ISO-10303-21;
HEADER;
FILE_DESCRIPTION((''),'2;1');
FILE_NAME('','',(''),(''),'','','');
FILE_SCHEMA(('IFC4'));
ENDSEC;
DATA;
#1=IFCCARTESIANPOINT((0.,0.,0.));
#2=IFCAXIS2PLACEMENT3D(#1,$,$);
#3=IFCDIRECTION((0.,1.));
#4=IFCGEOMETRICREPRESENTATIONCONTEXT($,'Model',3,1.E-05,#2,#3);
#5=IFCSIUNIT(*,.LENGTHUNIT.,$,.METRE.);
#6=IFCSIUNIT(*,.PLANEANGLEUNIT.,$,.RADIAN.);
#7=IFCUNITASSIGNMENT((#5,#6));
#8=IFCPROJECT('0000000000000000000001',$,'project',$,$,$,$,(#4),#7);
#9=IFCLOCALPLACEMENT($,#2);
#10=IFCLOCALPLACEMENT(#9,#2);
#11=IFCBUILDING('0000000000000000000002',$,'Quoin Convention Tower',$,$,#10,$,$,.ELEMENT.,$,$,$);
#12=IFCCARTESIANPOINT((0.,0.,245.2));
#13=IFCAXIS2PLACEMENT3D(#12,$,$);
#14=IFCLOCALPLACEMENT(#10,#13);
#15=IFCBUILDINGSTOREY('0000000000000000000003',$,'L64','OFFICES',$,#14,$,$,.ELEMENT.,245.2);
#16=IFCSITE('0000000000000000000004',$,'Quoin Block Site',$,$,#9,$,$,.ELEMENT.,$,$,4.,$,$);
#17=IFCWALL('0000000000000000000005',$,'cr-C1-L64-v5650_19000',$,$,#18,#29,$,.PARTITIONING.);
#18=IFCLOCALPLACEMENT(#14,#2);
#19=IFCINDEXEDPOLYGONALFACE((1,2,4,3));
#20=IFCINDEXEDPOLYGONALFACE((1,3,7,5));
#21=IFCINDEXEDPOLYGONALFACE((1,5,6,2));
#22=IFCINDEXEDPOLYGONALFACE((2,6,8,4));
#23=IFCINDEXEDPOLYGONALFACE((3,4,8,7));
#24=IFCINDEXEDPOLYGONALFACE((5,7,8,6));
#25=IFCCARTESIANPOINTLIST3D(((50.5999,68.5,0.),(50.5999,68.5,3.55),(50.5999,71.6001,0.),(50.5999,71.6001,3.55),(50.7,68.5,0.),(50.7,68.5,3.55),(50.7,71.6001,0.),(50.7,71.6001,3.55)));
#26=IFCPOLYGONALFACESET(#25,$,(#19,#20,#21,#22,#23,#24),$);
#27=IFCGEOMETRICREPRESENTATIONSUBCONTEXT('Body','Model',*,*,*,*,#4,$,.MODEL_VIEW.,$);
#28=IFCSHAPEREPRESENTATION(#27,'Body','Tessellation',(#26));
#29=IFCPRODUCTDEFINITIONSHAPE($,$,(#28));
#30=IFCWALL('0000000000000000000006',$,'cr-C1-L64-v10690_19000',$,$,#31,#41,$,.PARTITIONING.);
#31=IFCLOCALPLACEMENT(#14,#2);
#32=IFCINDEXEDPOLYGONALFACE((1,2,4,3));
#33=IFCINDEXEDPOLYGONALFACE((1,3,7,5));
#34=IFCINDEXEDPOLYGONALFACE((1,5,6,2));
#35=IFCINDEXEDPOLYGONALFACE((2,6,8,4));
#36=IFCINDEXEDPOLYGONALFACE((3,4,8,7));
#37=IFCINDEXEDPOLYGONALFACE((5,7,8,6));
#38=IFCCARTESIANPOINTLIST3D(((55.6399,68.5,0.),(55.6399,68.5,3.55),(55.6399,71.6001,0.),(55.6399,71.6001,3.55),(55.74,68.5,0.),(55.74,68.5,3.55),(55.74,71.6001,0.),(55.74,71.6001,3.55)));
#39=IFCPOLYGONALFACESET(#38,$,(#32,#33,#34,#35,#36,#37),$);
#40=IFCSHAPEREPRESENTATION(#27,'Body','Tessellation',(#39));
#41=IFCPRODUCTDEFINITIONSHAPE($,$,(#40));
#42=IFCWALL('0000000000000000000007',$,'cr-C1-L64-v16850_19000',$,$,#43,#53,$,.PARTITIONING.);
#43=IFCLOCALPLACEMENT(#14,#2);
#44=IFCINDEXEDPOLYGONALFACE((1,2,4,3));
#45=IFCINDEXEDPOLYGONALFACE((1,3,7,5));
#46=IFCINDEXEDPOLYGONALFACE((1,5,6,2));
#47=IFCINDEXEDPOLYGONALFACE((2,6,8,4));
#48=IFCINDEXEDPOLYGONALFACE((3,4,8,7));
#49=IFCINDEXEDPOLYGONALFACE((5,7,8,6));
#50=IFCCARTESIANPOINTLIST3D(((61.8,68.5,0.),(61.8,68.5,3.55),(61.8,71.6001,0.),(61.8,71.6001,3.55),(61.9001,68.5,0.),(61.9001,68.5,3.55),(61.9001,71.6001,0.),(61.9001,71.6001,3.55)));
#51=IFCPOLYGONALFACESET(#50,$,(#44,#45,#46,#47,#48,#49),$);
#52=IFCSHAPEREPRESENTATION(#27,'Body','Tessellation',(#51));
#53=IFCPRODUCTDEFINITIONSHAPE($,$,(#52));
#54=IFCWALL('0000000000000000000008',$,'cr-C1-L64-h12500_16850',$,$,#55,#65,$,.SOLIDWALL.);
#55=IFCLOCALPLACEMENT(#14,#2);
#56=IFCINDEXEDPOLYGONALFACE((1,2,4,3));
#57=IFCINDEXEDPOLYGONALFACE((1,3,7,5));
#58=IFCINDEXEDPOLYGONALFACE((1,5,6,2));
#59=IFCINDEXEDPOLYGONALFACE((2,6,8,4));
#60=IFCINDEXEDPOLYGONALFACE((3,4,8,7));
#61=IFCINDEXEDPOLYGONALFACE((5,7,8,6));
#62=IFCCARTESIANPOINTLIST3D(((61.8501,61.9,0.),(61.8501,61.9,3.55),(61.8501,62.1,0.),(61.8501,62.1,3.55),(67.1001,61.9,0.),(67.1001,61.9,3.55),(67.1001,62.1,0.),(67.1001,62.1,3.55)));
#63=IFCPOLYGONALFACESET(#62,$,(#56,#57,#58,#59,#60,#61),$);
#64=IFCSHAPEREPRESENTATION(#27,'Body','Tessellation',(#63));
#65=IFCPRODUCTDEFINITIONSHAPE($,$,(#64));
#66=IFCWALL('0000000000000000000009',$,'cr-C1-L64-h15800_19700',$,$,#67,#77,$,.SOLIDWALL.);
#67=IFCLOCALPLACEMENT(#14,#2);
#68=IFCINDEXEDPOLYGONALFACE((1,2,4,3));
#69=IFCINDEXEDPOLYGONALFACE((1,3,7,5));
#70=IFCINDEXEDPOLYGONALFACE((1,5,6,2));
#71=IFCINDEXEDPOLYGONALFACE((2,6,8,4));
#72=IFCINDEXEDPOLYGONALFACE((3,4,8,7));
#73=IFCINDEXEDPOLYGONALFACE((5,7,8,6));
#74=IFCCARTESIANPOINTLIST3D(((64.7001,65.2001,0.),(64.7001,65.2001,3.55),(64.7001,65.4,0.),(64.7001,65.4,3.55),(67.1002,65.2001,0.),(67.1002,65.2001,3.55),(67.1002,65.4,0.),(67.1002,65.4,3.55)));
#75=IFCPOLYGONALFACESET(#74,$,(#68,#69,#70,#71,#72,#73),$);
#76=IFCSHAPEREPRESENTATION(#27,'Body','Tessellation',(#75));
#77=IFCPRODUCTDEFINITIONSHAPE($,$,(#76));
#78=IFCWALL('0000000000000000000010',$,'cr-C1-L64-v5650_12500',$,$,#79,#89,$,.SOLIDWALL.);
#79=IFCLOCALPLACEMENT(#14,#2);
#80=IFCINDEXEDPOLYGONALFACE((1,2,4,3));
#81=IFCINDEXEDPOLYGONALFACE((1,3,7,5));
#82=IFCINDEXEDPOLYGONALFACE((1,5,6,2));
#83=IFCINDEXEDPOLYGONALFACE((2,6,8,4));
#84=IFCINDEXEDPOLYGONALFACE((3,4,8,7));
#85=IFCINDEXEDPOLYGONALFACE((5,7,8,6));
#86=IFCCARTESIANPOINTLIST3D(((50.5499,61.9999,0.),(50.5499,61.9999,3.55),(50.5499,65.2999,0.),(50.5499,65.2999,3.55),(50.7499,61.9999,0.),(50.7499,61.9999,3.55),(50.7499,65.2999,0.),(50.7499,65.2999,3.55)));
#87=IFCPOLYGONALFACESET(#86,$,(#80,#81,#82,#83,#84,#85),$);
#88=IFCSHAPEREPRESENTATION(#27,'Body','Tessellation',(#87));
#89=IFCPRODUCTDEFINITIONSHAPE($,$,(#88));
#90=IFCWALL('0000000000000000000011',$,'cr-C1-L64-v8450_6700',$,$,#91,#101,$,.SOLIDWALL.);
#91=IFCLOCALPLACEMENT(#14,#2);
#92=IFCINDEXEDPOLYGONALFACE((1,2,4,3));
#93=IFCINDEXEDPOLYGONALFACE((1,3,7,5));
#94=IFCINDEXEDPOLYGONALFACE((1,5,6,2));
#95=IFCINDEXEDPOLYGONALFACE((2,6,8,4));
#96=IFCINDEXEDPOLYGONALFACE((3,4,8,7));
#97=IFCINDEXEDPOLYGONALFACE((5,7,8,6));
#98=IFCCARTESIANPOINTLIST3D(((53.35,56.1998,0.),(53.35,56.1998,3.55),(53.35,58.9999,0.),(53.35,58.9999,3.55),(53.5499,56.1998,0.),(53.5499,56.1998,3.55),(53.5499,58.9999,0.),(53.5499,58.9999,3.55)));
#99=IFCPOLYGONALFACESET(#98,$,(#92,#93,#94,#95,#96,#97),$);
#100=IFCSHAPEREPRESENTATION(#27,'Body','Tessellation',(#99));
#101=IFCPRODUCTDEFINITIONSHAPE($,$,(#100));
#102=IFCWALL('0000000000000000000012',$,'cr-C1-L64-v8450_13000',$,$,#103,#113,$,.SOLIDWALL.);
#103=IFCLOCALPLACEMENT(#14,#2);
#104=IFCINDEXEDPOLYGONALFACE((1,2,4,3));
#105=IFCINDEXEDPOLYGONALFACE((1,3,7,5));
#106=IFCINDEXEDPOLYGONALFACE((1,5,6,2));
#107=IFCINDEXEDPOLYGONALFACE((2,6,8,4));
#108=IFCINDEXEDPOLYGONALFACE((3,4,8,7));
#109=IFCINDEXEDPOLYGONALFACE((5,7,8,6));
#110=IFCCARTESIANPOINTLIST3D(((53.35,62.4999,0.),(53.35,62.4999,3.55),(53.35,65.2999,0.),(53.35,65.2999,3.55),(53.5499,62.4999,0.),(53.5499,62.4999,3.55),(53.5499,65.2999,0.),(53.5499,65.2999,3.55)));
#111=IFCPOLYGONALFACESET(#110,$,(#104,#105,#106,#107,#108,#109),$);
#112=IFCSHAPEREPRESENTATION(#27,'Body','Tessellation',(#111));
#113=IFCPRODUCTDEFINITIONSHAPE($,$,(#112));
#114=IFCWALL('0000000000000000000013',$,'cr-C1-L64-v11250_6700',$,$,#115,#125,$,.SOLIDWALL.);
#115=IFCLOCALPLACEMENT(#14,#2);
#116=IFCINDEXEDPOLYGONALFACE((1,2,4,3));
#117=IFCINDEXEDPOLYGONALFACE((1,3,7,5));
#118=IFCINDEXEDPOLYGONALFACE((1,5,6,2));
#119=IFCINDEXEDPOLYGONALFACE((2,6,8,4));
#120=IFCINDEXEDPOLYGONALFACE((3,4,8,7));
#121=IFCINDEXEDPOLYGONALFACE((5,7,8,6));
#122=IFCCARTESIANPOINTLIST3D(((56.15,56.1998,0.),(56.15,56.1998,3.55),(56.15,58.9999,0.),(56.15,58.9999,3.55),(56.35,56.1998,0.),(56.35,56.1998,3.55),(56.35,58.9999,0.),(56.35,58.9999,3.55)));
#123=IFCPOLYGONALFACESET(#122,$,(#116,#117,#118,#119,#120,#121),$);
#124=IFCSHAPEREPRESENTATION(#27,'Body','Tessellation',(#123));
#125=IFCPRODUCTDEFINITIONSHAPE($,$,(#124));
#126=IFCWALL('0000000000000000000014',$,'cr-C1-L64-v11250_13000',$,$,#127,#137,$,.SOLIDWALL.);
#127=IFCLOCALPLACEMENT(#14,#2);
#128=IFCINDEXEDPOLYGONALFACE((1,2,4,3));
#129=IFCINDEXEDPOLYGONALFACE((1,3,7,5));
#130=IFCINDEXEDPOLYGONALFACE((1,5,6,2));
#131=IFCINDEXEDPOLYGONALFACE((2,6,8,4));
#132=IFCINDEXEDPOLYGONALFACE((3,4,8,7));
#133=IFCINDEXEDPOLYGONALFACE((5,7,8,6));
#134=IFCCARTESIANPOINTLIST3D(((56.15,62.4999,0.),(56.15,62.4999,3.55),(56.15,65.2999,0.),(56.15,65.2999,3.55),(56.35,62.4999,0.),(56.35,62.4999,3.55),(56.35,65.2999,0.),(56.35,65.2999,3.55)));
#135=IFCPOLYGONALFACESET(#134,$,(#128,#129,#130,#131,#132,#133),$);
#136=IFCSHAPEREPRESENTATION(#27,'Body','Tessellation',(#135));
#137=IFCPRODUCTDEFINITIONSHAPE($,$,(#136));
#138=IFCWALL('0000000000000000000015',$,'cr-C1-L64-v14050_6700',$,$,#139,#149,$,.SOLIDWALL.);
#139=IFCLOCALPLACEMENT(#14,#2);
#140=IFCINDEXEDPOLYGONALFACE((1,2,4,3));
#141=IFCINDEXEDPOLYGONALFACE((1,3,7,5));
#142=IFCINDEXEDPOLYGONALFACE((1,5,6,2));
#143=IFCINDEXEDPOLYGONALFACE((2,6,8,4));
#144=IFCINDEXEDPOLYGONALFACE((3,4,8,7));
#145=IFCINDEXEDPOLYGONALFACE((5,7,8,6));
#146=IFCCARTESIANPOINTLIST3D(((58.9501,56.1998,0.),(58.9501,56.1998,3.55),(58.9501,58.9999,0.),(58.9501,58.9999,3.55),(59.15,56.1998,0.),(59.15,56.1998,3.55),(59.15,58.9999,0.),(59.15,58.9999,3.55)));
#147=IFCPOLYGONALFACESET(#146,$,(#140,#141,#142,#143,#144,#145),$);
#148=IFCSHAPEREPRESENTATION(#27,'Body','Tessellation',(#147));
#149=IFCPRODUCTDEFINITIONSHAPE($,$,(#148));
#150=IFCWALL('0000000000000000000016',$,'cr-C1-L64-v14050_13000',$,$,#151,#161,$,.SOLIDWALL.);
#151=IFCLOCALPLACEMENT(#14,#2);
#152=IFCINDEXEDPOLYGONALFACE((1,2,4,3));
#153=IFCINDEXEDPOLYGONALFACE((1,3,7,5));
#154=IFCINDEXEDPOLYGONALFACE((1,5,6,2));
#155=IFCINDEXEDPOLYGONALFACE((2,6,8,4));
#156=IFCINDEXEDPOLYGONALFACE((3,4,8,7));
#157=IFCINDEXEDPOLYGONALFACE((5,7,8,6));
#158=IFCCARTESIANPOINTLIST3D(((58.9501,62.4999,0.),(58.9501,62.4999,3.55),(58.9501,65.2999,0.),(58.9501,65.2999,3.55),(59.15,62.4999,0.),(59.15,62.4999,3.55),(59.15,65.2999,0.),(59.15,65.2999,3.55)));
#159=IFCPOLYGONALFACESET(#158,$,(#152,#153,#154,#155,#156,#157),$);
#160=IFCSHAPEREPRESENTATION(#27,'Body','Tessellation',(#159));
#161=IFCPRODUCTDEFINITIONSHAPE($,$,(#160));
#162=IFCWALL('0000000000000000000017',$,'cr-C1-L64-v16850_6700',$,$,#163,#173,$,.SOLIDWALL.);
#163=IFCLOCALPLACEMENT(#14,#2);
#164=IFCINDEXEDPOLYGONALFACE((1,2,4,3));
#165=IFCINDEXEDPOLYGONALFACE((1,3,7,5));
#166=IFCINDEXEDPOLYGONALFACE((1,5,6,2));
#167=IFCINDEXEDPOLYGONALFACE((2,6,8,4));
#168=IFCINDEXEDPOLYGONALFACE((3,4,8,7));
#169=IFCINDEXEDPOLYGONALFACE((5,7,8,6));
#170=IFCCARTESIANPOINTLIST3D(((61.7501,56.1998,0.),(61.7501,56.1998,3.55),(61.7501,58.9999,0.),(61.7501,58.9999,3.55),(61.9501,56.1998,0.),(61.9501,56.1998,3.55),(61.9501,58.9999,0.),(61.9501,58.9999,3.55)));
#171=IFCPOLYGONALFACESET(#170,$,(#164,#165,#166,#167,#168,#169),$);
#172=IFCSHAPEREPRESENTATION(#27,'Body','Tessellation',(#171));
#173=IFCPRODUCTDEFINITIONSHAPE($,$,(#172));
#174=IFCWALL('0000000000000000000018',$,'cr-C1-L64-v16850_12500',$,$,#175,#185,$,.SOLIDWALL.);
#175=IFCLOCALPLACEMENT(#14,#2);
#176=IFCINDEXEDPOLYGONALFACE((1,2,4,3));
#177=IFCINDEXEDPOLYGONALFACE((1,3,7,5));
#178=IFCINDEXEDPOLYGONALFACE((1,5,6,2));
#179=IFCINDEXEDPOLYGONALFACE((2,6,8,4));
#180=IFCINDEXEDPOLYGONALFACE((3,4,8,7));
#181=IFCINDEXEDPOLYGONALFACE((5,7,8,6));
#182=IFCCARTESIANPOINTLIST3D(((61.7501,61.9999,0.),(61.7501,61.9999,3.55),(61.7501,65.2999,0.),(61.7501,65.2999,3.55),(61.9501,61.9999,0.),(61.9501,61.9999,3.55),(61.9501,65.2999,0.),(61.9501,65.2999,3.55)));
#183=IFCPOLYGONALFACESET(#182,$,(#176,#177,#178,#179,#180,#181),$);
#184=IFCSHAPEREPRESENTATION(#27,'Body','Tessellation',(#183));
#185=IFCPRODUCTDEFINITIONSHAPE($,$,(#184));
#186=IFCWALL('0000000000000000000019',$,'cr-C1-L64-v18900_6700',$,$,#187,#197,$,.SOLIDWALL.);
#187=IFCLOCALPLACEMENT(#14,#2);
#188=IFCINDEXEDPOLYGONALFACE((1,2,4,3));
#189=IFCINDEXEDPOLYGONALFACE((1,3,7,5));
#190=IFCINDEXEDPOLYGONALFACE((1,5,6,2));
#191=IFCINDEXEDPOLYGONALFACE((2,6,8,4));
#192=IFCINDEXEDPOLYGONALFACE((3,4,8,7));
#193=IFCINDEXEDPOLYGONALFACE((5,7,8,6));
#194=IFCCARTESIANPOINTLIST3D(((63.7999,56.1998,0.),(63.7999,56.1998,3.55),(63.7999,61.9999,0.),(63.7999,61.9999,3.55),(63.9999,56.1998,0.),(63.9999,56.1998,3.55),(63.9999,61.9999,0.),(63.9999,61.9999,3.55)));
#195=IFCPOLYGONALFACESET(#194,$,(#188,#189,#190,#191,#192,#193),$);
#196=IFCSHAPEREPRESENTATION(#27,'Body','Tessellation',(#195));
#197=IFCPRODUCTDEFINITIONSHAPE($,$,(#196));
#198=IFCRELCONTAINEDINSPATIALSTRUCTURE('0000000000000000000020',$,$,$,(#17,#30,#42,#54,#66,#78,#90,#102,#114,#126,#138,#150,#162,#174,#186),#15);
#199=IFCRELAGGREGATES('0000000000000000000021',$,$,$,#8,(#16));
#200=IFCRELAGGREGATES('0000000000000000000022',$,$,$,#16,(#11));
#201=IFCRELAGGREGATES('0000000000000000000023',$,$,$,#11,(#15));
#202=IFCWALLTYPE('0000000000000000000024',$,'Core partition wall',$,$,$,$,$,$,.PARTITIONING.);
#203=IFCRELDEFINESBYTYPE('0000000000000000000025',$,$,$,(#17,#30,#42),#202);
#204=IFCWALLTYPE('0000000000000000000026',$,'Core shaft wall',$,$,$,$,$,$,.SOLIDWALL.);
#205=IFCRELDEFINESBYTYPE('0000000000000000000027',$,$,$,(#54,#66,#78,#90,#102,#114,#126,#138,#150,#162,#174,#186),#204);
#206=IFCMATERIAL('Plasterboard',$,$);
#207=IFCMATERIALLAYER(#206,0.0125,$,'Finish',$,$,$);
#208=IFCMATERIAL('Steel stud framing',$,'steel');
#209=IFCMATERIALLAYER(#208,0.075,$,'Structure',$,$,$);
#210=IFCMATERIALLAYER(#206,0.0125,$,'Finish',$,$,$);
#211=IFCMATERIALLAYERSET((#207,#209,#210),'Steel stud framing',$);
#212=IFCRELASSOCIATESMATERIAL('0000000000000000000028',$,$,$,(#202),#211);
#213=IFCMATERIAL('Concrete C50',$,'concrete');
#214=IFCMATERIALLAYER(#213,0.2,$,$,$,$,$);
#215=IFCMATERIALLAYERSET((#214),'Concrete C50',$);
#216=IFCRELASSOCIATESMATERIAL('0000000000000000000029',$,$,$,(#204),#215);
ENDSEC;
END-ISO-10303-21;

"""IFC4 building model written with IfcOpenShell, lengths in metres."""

from ifc_helpers import new_model, si_unit, direction, frame, frame_2d, origin, place, context, subcontext, project, spatial, rectangle, extrude, material, layer, layer_set, type_object, element, save


model = new_model("IFC4")

# Units and contexts
model_context = context("Model", 3, precision=1e-05, world=origin(), true_north=direction((0.0, 1.0)))
body_context = subcontext(model_context, "Body", "Model", "MODEL_VIEW")
ifc_project = project(units=[si_unit("LENGTHUNIT", "METRE"), si_unit("PLANEANGLEUNIT", "RADIAN")], contexts=[model_context])

# Site, building, storey
site_placement = place(None, origin())
site = spatial("IfcSite", under=ifc_project, at=site_placement, Name="Quoin Block Site", CompositionType="ELEMENT", RefElevation=4.0)
building_placement = place(site_placement, origin())
building = spatial("IfcBuilding", under=site, at=building_placement, Name="Quoin Convention Tower", CompositionType="ELEMENT")
storey_placement = place(building_placement, frame((0.0, 0.0, 245.2)))
storey = spatial("IfcBuildingStorey", under=building, at=storey_placement, Name="L64", Description="OFFICES", CompositionType="ELEMENT", Elevation=245.2)

# Walls
ifc_material_1 = material(Name="Plasterboard")
ifc_layer_1 = layer(ifc_material_1, 0.0125, Name="Finish")
ifc_material_2 = material(Name="Steel stud framing", Category="steel")
ifc_layer_2 = layer(ifc_material_2, 0.075, Name="Structure")
ifc_layer_3 = layer(ifc_material_1, 0.0125, Name="Finish")
ifc_layer_set_1 = layer_set([ifc_layer_1, ifc_layer_2, ifc_layer_3], Name="Steel stud framing")
wall_type_1 = type_object("IfcWallType", Name="Core partition wall", PredefinedType="PARTITIONING", material=ifc_layer_set_1)
for number, where, z_axis, x_axis, name in (
    (1, (50.6499, 68.5, 0.0), (0.0, 0.0, 1.0), (0.0, 1.0, 0.0), "cr-C1-L64-v5650_19000"),
    (2, (55.6899, 68.5, 0.0), (0.0, 0.0, 1.0), (0.0, 1.0, 0.0), "cr-C1-L64-v10690_19000"),
    (3, (61.8501, 68.5, 0.0), (0.0, 0.0, 1.0), (0.0, 1.0, 0.0), "cr-C1-L64-v16850_19000"),
):
    element("IfcWall", number, at=place(storey_placement, frame(where, z_axis=z_axis, x_axis=x_axis)), inside=storey, type_object=wall_type_1, Name=name, PredefinedType="PARTITIONING", context=body_context, shape_type="SweptSolid", body=[
        extrude(rectangle(XDim=3.1001, YDim=0.1001, at=frame_2d((1.55, 0.0))), origin(), (0.0, 0.0, 1.0), 3.55),
    ])
ifc_material_3 = material(Name="Concrete C50", Category="concrete")
ifc_layer_4 = layer(ifc_material_3, 0.2)
ifc_layer_set_2 = layer_set([ifc_layer_4], Name="Concrete C50")
wall_type_2 = type_object("IfcWallType", Name="Core shaft wall", PredefinedType="SOLIDWALL", material=ifc_layer_set_2)
wall_1_placement = place(storey_placement, frame((61.8501, 62.0, 0.0), z_axis=(0.0, 0.0, 1.0), x_axis=(1.0, 0.0, 0.0)))
element("IfcWall", 4, at=wall_1_placement, inside=storey, type_object=wall_type_2, Name="cr-C1-L64-h12500_16850", PredefinedType="SOLIDWALL", context=body_context, shape_type="SweptSolid", body=[
    extrude(rectangle(XDim=5.25, YDim=0.2, at=frame_2d((2.625, 0.0))), origin(), (0.0, 0.0, 1.0), 3.55),
])
wall_2_placement = place(storey_placement, frame((64.7, 65.3, 0.0), z_axis=(0.0, 0.0, 1.0), x_axis=(1.0, 0.0, 0.0)))
element("IfcWall", 5, at=wall_2_placement, inside=storey, type_object=wall_type_2, Name="cr-C1-L64-h15800_19700", PredefinedType="SOLIDWALL", context=body_context, shape_type="SweptSolid", body=[
    extrude(rectangle(XDim=2.4001, YDim=0.2, at=frame_2d((1.2002, 0.0))), origin(), (0.0, 0.0, 1.0), 3.55),
])
wall_3_placement = place(storey_placement, frame((50.6499, 62.0, 0.0), z_axis=(0.0, 0.0, 1.0), x_axis=(0.0, 1.0, 0.0)))
element("IfcWall", 6, at=wall_3_placement, inside=storey, type_object=wall_type_2, Name="cr-C1-L64-v5650_12500", PredefinedType="SOLIDWALL", context=body_context, shape_type="SweptSolid", body=[
    extrude(rectangle(XDim=3.3, YDim=0.2, at=frame_2d((1.6499, 0.0))), origin(), (0.0, 0.0, 1.0), 3.55),
])
for number, where, z_axis, x_axis, name in (
    (7, (53.45, 56.2, 0.0), (0.0, 0.0, 1.0), (0.0, 1.0, 0.0), "cr-C1-L64-v8450_6700"),
    (8, (53.45, 62.5, 0.0), (0.0, 0.0, 1.0), (0.0, 1.0, 0.0), "cr-C1-L64-v8450_13000"),
    (9, (56.25, 56.2, 0.0), (0.0, 0.0, 1.0), (0.0, 1.0, 0.0), "cr-C1-L64-v11250_6700"),
    (10, (56.25, 62.5, 0.0), (0.0, 0.0, 1.0), (0.0, 1.0, 0.0), "cr-C1-L64-v11250_13000"),
    (11, (59.05, 56.2, 0.0), (0.0, 0.0, 1.0), (0.0, 1.0, 0.0), "cr-C1-L64-v14050_6700"),
    (12, (59.05, 62.5, 0.0), (0.0, 0.0, 1.0), (0.0, 1.0, 0.0), "cr-C1-L64-v14050_13000"),
    (13, (61.8501, 56.2, 0.0), (0.0, 0.0, 1.0), (0.0, 1.0, 0.0), "cr-C1-L64-v16850_6700"),
):
    element("IfcWall", number, at=place(storey_placement, frame(where, z_axis=z_axis, x_axis=x_axis)), inside=storey, type_object=wall_type_2, Name=name, PredefinedType="SOLIDWALL", context=body_context, shape_type="SweptSolid", body=[
        extrude(rectangle(XDim=2.8, YDim=0.2, at=frame_2d((1.3999, 0.0))), origin(), (0.0, 0.0, 1.0), 3.55),
    ])
wall_4_placement = place(storey_placement, frame((61.8501, 62.0, 0.0), z_axis=(0.0, 0.0, 1.0), x_axis=(0.0, 1.0, 0.0)))
element("IfcWall", 14, at=wall_4_placement, inside=storey, type_object=wall_type_2, Name="cr-C1-L64-v16850_12500", PredefinedType="SOLIDWALL", context=body_context, shape_type="SweptSolid", body=[
    extrude(rectangle(XDim=3.3, YDim=0.2, at=frame_2d((1.6499, 0.0))), origin(), (0.0, 0.0, 1.0), 3.55),
])
wall_5_placement = place(storey_placement, frame((63.8999, 56.2, 0.0), z_axis=(0.0, 0.0, 1.0), x_axis=(0.0, 1.0, 0.0)))
element("IfcWall", 15, at=wall_5_placement, inside=storey, type_object=wall_type_2, Name="cr-C1-L64-v18900_6700", PredefinedType="SOLIDWALL", context=body_context, shape_type="SweptSolid", body=[
    extrude(rectangle(XDim=5.8, YDim=0.2, at=frame_2d((2.8999, 0.0))), origin(), (0.0, 0.0, 1.0), 3.55),
])

save(model, "model.ifc")
